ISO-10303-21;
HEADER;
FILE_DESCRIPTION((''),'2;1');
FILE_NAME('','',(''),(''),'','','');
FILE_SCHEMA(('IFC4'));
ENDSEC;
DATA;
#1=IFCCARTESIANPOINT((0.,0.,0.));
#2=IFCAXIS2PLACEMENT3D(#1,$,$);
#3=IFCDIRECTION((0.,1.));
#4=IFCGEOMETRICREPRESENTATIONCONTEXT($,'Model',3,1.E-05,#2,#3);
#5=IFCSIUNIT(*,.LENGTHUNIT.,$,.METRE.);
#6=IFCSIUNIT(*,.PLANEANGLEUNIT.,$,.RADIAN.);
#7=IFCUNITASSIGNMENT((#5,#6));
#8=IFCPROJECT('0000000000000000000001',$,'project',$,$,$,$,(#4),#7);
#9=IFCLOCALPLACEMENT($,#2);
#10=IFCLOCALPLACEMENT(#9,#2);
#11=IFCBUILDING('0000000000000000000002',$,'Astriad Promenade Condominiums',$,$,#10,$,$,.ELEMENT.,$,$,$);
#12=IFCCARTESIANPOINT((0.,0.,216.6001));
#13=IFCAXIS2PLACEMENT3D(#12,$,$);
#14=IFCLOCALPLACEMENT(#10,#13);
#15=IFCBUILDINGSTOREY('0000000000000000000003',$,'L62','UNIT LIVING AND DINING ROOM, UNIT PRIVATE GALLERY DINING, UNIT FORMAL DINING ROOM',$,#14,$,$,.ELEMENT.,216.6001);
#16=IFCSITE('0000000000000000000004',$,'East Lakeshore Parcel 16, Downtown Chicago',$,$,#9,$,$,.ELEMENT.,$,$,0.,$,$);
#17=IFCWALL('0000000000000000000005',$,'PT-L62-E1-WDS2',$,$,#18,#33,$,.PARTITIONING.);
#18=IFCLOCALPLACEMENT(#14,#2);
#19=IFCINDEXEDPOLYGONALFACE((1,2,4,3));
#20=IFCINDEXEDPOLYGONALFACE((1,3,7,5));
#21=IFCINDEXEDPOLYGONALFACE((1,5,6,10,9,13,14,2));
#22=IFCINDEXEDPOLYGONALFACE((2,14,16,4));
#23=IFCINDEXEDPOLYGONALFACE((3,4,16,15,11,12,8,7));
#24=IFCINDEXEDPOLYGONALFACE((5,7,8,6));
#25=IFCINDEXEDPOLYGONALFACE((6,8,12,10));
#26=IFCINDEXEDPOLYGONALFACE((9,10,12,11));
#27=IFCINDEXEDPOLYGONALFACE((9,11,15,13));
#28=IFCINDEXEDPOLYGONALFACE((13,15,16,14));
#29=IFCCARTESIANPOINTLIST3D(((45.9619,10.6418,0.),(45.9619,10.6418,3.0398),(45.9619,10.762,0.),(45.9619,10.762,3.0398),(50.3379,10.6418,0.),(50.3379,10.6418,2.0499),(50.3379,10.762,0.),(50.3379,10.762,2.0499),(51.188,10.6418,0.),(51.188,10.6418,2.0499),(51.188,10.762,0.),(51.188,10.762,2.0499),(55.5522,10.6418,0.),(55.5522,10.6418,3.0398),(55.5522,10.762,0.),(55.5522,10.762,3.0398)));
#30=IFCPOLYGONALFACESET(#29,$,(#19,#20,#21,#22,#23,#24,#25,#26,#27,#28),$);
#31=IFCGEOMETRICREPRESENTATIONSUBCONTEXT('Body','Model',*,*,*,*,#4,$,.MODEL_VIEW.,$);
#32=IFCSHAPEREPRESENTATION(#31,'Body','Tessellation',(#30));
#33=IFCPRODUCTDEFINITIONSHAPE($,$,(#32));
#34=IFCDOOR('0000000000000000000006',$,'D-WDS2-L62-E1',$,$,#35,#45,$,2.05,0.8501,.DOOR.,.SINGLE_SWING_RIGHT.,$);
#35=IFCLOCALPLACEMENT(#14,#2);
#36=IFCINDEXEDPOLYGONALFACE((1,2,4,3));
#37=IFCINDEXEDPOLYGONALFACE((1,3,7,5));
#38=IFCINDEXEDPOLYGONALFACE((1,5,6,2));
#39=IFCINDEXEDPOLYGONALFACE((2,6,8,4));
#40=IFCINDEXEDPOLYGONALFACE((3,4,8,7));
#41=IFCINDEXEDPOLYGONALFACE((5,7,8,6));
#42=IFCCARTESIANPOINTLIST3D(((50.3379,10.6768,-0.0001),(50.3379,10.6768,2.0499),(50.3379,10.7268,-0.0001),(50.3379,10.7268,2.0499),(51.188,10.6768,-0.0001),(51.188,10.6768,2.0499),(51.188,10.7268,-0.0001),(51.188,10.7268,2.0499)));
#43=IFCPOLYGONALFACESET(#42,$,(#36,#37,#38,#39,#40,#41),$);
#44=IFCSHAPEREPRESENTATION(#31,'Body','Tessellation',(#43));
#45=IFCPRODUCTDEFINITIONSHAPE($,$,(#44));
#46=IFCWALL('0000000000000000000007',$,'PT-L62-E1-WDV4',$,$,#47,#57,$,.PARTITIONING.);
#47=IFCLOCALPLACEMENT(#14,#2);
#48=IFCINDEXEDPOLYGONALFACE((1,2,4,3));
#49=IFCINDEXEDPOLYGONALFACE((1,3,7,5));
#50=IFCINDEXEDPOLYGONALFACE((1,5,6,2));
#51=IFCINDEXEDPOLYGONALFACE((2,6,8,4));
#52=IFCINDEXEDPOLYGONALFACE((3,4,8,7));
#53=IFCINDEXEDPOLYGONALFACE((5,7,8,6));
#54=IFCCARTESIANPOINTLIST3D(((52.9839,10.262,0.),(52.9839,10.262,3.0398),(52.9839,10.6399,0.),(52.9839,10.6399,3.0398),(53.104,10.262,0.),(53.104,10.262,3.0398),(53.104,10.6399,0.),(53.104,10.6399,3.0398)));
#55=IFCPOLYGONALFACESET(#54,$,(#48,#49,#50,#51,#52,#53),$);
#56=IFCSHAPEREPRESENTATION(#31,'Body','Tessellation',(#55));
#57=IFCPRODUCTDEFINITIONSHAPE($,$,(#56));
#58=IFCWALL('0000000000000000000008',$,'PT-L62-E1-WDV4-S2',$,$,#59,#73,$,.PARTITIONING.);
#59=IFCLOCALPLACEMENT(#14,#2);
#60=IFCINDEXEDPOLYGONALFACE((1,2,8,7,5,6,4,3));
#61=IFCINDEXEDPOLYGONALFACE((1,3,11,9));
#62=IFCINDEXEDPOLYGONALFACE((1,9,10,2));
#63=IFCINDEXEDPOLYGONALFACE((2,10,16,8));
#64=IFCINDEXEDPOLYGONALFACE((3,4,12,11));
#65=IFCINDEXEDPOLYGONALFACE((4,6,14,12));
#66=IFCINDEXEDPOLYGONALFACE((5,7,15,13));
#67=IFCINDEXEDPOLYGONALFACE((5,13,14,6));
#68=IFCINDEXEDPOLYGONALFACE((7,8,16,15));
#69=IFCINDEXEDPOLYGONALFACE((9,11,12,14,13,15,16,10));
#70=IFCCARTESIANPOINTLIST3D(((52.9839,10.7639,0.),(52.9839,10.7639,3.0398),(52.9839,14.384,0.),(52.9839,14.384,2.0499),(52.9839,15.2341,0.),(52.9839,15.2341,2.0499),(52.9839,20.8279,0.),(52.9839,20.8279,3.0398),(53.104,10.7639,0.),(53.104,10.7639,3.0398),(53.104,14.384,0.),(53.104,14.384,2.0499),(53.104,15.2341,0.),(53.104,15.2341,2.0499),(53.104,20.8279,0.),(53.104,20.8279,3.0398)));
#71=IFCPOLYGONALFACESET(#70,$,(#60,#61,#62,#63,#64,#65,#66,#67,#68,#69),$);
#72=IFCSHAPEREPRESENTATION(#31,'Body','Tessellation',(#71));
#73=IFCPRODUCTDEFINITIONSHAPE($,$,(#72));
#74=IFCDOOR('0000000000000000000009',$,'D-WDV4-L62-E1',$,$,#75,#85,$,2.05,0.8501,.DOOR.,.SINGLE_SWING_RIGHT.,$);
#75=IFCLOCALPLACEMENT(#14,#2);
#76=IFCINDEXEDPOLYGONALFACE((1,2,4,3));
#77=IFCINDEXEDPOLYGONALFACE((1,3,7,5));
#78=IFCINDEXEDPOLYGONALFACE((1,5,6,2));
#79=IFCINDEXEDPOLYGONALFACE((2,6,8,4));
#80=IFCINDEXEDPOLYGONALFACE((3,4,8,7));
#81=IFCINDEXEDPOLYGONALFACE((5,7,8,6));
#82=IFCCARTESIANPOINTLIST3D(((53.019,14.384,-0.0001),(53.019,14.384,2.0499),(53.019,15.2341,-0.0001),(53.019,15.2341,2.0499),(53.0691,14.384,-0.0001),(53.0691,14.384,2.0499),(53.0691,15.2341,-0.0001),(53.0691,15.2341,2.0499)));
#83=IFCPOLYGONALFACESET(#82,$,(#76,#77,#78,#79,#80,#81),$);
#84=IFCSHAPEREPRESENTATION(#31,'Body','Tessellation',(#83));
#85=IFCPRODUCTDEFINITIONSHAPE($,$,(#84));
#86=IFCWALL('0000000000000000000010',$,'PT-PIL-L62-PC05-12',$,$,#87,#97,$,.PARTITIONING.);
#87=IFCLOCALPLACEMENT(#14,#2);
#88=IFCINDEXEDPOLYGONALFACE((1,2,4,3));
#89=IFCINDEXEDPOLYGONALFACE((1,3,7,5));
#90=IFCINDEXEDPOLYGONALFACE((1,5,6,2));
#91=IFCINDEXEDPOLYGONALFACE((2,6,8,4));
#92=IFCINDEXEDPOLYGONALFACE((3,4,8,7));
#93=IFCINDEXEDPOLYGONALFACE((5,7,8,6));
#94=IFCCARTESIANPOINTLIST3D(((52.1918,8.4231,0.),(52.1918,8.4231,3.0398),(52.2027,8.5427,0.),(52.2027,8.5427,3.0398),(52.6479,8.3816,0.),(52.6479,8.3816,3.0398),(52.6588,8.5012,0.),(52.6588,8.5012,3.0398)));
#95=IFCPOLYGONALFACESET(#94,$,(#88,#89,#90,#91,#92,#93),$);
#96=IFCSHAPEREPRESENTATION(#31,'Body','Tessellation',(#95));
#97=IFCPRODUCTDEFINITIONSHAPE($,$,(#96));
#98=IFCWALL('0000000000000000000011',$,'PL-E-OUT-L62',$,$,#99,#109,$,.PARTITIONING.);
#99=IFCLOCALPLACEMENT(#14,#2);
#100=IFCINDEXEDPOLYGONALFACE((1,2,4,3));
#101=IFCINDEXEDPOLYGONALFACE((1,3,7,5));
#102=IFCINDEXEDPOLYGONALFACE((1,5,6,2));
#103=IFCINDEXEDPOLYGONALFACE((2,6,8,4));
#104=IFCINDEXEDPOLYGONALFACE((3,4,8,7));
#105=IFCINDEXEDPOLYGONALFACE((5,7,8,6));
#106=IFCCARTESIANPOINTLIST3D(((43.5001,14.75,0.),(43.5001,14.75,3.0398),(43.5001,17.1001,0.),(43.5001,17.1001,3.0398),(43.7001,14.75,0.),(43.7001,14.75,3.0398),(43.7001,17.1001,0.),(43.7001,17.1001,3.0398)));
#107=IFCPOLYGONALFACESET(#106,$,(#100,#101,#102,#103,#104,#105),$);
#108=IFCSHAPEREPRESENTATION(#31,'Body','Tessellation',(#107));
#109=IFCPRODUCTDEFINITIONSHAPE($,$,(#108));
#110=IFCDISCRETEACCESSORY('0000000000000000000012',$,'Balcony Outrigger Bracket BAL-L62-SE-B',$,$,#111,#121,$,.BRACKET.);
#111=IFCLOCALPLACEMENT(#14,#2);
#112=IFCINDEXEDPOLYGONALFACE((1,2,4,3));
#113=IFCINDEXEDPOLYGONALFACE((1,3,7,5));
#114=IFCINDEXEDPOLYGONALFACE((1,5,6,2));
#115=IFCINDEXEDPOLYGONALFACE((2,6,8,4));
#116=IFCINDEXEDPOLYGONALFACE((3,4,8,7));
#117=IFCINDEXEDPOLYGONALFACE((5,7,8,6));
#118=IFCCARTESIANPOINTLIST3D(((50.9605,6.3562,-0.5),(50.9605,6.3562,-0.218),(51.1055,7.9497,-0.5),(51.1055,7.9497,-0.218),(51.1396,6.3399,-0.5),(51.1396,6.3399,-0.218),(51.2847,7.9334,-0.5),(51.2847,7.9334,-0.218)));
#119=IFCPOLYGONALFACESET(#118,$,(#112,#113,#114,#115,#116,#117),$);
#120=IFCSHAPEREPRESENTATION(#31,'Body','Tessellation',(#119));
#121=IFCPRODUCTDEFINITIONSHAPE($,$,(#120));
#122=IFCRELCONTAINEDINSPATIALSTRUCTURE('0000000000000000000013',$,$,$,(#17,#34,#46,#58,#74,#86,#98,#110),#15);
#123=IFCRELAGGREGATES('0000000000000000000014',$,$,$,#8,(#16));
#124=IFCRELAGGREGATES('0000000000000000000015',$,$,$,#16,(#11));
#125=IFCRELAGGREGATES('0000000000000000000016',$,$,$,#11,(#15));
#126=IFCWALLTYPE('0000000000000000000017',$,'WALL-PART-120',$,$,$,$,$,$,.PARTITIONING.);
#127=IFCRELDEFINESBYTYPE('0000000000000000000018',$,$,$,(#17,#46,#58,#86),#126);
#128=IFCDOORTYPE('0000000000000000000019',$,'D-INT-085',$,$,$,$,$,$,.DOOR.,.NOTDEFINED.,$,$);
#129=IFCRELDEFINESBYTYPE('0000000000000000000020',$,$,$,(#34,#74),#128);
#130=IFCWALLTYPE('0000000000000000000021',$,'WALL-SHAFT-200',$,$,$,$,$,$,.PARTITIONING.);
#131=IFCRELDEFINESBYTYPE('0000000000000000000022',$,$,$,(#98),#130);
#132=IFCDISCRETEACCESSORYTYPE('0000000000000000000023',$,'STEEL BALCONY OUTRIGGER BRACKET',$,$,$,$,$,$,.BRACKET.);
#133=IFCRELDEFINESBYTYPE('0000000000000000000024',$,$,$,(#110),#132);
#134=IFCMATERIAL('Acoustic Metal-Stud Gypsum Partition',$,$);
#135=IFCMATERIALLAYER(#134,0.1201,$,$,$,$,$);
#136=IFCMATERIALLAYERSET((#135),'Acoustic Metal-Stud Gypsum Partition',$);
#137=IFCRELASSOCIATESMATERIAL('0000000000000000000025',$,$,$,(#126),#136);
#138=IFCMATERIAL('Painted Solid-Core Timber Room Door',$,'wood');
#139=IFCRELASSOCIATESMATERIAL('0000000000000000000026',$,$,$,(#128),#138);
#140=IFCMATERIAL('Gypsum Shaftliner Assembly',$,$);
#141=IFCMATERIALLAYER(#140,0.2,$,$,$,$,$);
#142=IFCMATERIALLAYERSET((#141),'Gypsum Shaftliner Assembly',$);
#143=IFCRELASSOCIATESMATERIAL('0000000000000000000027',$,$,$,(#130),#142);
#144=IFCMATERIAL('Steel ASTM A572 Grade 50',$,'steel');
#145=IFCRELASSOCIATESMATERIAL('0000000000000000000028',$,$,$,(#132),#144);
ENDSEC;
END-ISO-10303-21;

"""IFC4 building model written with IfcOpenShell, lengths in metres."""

from ifc_helpers import new_model, si_unit, direction, frame, frame_2d, origin, origin_2d, place, context, subcontext, project, spatial, rectangle, extrude, source, transform, mapped, material, layer, layer_set, type_object, type_shapes, element, fill, save


model = new_model("IFC4")

# Units and contexts
model_context = context("Model", 3, precision=1e-05, world=origin(), true_north=direction((0.0, 1.0)))
body_context = subcontext(model_context, "Body", "Model", "MODEL_VIEW")
ifc_project = project(units=[si_unit("LENGTHUNIT", "METRE"), si_unit("PLANEANGLEUNIT", "RADIAN")], contexts=[model_context])

# Site, building, storey
site_placement = place(None, origin())
site = spatial("IfcSite", under=ifc_project, at=site_placement, Name="East Lakeshore Parcel 16, Downtown Chicago", CompositionType="ELEMENT", RefElevation=0.0)
building_placement = place(site_placement, origin())
building = spatial("IfcBuilding", under=site, at=building_placement, Name="Astriad Promenade Condominiums", CompositionType="ELEMENT")
storey_placement = place(building_placement, frame((0.0, 0.0, 216.6001)))
storey = spatial("IfcBuildingStorey", under=building, at=storey_placement, Name="L62", Description="UNIT LIVING AND DINING ROOM, UNIT PRIVATE GALLERY DINING, UNIT FORMAL DINING ROOM", CompositionType="ELEMENT", Elevation=216.6001)

# Shared definitions
ifc_material_1 = material(Name="Acoustic Metal-Stud Gypsum Partition")
ifc_layer_1 = layer(ifc_material_1, 0.1201)
ifc_layer_set_1 = layer_set([ifc_layer_1], Name="Acoustic Metal-Stud Gypsum Partition")
wall_type_1 = type_object("IfcWallType", Name="WALL-PART-120", PredefinedType="PARTITIONING", material=ifc_layer_set_1)
ifc_material_2 = material(Name="Painted Solid-Core Timber Room Door", Category="wood")
door_type_1 = type_object("IfcDoorType", Name="D-INT-085", OperationType="NOTDEFINED", PredefinedType="DOOR", material=ifc_material_2)
shared_shape_1 = source(origin(), body_context, "Body", "SweptSolid", [
    extrude(rectangle(XDim=0.8501, YDim=2.05, at=frame_2d((0.425, 1.0249))), frame((0.0, 0.0249, 0.0), z_axis=(0.0, -1.0, 0.0), x_axis=(1.0, 0.0, 0.0)), (0.0, 0.0, 1.0), 0.05),
])
type_shapes(door_type_1, [shared_shape_1])

# Wall, opening, door
wall_1_placement = place(storey_placement, frame((45.9619, 10.7019, 0.0), z_axis=(0.0, 0.0, 1.0), x_axis=(1.0, 0.0, 0.0)))
wall_1 = element("IfcWall", 1, at=wall_1_placement, inside=storey, type_object=wall_type_1, Name="PT-L62-E1-WDS2", PredefinedType="PARTITIONING", context=body_context, shape_type="SweptSolid", body=[
    extrude(rectangle(XDim=9.5903, YDim=0.1201, at=frame_2d((4.7952, 0.0))), origin(), (0.0, 0.0, 1.0), 3.0398),
])
opening_1_placement = place(wall_1_placement, frame((4.376, 0.0, 0.0)))
opening_1 = element("IfcOpeningElement", 2, at=opening_1_placement, cuts=wall_1, PredefinedType="OPENING", context=body_context, shape_type="SweptSolid", body=[
    extrude(rectangle(XDim=0.8501, YDim=2.05, at=frame_2d((0.425, 1.0249))), frame((0.0, 0.0701, 0.0), z_axis=(0.0, -1.0, 0.0), x_axis=(1.0, 0.0, 0.0)), (0.0, 0.0, 1.0), 0.1401),
])
door_1_placement = place(opening_1_placement, origin())
door_1 = element("IfcDoor", 3, at=door_1_placement, inside=storey, type_object=door_type_1, Name="D-WDS2-L62-E1", OperationType="SINGLE_SWING_RIGHT", OverallHeight=2.05, OverallWidth=0.8501, PredefinedType="DOOR", context=body_context, shape_type="MappedRepresentation", body=[
    mapped(shared_shape_1, transform((0.0, 0.0, 0.0), scale=1.0)),
])
fill(opening_1, door_1)

# Wall
wall_2_placement = place(storey_placement, frame((53.0439, 10.262, 0.0), z_axis=(0.0, 0.0, 1.0), x_axis=(0.0, 1.0, 0.0)))
element("IfcWall", 4, at=wall_2_placement, inside=storey, type_object=wall_type_1, Name="PT-L62-E1-WDV4", PredefinedType="PARTITIONING", context=body_context, shape_type="SweptSolid", body=[
    extrude(rectangle(XDim=0.3779, YDim=0.1201, at=frame_2d((0.189, 0.0))), origin(), (0.0, 0.0, 1.0), 3.0398),
])

# Wall, opening, door
wall_3_placement = place(storey_placement, frame((53.0439, 10.7639, 0.0), z_axis=(0.0, 0.0, 1.0), x_axis=(0.0, 1.0, 0.0)))
wall_3 = element("IfcWall", 5, at=wall_3_placement, inside=storey, type_object=wall_type_1, Name="PT-L62-E1-WDV4-S2", PredefinedType="PARTITIONING", context=body_context, shape_type="SweptSolid", body=[
    extrude(rectangle(XDim=10.064, YDim=0.1201, at=frame_2d((5.032, 0.0))), origin(), (0.0, 0.0, 1.0), 3.0398),
])
opening_2_placement = place(wall_3_placement, frame((3.6201, 0.0, 0.0)))
opening_2 = element("IfcOpeningElement", 6, at=opening_2_placement, cuts=wall_3, PredefinedType="OPENING", context=body_context, shape_type="SweptSolid", body=[
    extrude(rectangle(XDim=0.8501, YDim=2.05, at=frame_2d((0.425, 1.0249))), frame((0.0, 0.0701, 0.0), z_axis=(0.0, -1.0, 0.0), x_axis=(1.0, 0.0, 0.0)), (0.0, 0.0, 1.0), 0.1401),
])
door_2_placement = place(opening_2_placement, origin())
door_2 = element("IfcDoor", 7, at=door_2_placement, inside=storey, type_object=door_type_1, Name="D-WDV4-L62-E1", OperationType="SINGLE_SWING_RIGHT", OverallHeight=2.05, OverallWidth=0.8501, PredefinedType="DOOR", context=body_context, shape_type="MappedRepresentation", body=[
    mapped(shared_shape_1, transform((0.0, 0.0, 0.0), scale=1.0)),
])
fill(opening_2, door_2)

# Walls
wall_4_placement = place(storey_placement, frame((52.1973, 8.4829, 0.0), z_axis=(0.0, 0.0, 1.0), x_axis=(0.995884, -0.090632, 0.0)))
element("IfcWall", 8, at=wall_4_placement, inside=storey, type_object=wall_type_1, Name="PT-PIL-L62-PC05-12", PredefinedType="PARTITIONING", context=body_context, shape_type="SweptSolid", body=[
    extrude(rectangle(XDim=0.458, YDim=0.1201, at=frame_2d((0.229, 0.0))), origin(), (0.0, 0.0, 1.0), 3.0398),
])
ifc_material_3 = material(Name="Gypsum Shaftliner Assembly")
ifc_layer_2 = layer(ifc_material_3, 0.2)
ifc_layer_set_2 = layer_set([ifc_layer_2], Name="Gypsum Shaftliner Assembly")
wall_type_2 = type_object("IfcWallType", Name="WALL-SHAFT-200", PredefinedType="PARTITIONING", material=ifc_layer_set_2)
wall_5_placement = place(storey_placement, frame((43.6001, 14.75, 0.0), z_axis=(0.0, 0.0, 1.0), x_axis=(0.0, 1.0, 0.0)))
element("IfcWall", 9, at=wall_5_placement, inside=storey, type_object=wall_type_2, Name="PL-E-OUT-L62", PredefinedType="PARTITIONING", context=body_context, shape_type="SweptSolid", body=[
    extrude(rectangle(XDim=2.3501, YDim=0.2, at=frame_2d((1.175, 0.0))), origin(), (0.0, 0.0, 1.0), 3.0398),
])

# Discrete accessory
ifc_material_4 = material(Name="Steel ASTM A572 Grade 50", Category="steel")
discrete_accessory_type = type_object("IfcDiscreteAccessoryType", Name="STEEL BALCONY OUTRIGGER BRACKET", PredefinedType="BRACKET", material=ifc_material_4)
shared_shape_2 = source(origin(), body_context, "Body", "SweptSolid", [
    extrude(rectangle(XDim=1.6001, YDim=0.1799, at=origin_2d()), origin(), (0.0, 0.0, 1.0), 0.282),
])
type_shapes(discrete_accessory_type, [shared_shape_2])
discrete_accessory_placement = place(storey_placement, frame((51.1226, 7.1448, -0.5), z_axis=(0.0, 0.0, 1.0), x_axis=(-0.090633, -0.995884, 0.0)))
element("IfcDiscreteAccessory", 10, at=discrete_accessory_placement, inside=storey, type_object=discrete_accessory_type, Name="Balcony Outrigger Bracket BAL-L62-SE-B", PredefinedType="BRACKET", context=body_context, shape_type="MappedRepresentation", body=[
    mapped(shared_shape_2, transform((0.0, 0.0, 0.0), scale=1.0)),
])

save(model, "model.ifc")
